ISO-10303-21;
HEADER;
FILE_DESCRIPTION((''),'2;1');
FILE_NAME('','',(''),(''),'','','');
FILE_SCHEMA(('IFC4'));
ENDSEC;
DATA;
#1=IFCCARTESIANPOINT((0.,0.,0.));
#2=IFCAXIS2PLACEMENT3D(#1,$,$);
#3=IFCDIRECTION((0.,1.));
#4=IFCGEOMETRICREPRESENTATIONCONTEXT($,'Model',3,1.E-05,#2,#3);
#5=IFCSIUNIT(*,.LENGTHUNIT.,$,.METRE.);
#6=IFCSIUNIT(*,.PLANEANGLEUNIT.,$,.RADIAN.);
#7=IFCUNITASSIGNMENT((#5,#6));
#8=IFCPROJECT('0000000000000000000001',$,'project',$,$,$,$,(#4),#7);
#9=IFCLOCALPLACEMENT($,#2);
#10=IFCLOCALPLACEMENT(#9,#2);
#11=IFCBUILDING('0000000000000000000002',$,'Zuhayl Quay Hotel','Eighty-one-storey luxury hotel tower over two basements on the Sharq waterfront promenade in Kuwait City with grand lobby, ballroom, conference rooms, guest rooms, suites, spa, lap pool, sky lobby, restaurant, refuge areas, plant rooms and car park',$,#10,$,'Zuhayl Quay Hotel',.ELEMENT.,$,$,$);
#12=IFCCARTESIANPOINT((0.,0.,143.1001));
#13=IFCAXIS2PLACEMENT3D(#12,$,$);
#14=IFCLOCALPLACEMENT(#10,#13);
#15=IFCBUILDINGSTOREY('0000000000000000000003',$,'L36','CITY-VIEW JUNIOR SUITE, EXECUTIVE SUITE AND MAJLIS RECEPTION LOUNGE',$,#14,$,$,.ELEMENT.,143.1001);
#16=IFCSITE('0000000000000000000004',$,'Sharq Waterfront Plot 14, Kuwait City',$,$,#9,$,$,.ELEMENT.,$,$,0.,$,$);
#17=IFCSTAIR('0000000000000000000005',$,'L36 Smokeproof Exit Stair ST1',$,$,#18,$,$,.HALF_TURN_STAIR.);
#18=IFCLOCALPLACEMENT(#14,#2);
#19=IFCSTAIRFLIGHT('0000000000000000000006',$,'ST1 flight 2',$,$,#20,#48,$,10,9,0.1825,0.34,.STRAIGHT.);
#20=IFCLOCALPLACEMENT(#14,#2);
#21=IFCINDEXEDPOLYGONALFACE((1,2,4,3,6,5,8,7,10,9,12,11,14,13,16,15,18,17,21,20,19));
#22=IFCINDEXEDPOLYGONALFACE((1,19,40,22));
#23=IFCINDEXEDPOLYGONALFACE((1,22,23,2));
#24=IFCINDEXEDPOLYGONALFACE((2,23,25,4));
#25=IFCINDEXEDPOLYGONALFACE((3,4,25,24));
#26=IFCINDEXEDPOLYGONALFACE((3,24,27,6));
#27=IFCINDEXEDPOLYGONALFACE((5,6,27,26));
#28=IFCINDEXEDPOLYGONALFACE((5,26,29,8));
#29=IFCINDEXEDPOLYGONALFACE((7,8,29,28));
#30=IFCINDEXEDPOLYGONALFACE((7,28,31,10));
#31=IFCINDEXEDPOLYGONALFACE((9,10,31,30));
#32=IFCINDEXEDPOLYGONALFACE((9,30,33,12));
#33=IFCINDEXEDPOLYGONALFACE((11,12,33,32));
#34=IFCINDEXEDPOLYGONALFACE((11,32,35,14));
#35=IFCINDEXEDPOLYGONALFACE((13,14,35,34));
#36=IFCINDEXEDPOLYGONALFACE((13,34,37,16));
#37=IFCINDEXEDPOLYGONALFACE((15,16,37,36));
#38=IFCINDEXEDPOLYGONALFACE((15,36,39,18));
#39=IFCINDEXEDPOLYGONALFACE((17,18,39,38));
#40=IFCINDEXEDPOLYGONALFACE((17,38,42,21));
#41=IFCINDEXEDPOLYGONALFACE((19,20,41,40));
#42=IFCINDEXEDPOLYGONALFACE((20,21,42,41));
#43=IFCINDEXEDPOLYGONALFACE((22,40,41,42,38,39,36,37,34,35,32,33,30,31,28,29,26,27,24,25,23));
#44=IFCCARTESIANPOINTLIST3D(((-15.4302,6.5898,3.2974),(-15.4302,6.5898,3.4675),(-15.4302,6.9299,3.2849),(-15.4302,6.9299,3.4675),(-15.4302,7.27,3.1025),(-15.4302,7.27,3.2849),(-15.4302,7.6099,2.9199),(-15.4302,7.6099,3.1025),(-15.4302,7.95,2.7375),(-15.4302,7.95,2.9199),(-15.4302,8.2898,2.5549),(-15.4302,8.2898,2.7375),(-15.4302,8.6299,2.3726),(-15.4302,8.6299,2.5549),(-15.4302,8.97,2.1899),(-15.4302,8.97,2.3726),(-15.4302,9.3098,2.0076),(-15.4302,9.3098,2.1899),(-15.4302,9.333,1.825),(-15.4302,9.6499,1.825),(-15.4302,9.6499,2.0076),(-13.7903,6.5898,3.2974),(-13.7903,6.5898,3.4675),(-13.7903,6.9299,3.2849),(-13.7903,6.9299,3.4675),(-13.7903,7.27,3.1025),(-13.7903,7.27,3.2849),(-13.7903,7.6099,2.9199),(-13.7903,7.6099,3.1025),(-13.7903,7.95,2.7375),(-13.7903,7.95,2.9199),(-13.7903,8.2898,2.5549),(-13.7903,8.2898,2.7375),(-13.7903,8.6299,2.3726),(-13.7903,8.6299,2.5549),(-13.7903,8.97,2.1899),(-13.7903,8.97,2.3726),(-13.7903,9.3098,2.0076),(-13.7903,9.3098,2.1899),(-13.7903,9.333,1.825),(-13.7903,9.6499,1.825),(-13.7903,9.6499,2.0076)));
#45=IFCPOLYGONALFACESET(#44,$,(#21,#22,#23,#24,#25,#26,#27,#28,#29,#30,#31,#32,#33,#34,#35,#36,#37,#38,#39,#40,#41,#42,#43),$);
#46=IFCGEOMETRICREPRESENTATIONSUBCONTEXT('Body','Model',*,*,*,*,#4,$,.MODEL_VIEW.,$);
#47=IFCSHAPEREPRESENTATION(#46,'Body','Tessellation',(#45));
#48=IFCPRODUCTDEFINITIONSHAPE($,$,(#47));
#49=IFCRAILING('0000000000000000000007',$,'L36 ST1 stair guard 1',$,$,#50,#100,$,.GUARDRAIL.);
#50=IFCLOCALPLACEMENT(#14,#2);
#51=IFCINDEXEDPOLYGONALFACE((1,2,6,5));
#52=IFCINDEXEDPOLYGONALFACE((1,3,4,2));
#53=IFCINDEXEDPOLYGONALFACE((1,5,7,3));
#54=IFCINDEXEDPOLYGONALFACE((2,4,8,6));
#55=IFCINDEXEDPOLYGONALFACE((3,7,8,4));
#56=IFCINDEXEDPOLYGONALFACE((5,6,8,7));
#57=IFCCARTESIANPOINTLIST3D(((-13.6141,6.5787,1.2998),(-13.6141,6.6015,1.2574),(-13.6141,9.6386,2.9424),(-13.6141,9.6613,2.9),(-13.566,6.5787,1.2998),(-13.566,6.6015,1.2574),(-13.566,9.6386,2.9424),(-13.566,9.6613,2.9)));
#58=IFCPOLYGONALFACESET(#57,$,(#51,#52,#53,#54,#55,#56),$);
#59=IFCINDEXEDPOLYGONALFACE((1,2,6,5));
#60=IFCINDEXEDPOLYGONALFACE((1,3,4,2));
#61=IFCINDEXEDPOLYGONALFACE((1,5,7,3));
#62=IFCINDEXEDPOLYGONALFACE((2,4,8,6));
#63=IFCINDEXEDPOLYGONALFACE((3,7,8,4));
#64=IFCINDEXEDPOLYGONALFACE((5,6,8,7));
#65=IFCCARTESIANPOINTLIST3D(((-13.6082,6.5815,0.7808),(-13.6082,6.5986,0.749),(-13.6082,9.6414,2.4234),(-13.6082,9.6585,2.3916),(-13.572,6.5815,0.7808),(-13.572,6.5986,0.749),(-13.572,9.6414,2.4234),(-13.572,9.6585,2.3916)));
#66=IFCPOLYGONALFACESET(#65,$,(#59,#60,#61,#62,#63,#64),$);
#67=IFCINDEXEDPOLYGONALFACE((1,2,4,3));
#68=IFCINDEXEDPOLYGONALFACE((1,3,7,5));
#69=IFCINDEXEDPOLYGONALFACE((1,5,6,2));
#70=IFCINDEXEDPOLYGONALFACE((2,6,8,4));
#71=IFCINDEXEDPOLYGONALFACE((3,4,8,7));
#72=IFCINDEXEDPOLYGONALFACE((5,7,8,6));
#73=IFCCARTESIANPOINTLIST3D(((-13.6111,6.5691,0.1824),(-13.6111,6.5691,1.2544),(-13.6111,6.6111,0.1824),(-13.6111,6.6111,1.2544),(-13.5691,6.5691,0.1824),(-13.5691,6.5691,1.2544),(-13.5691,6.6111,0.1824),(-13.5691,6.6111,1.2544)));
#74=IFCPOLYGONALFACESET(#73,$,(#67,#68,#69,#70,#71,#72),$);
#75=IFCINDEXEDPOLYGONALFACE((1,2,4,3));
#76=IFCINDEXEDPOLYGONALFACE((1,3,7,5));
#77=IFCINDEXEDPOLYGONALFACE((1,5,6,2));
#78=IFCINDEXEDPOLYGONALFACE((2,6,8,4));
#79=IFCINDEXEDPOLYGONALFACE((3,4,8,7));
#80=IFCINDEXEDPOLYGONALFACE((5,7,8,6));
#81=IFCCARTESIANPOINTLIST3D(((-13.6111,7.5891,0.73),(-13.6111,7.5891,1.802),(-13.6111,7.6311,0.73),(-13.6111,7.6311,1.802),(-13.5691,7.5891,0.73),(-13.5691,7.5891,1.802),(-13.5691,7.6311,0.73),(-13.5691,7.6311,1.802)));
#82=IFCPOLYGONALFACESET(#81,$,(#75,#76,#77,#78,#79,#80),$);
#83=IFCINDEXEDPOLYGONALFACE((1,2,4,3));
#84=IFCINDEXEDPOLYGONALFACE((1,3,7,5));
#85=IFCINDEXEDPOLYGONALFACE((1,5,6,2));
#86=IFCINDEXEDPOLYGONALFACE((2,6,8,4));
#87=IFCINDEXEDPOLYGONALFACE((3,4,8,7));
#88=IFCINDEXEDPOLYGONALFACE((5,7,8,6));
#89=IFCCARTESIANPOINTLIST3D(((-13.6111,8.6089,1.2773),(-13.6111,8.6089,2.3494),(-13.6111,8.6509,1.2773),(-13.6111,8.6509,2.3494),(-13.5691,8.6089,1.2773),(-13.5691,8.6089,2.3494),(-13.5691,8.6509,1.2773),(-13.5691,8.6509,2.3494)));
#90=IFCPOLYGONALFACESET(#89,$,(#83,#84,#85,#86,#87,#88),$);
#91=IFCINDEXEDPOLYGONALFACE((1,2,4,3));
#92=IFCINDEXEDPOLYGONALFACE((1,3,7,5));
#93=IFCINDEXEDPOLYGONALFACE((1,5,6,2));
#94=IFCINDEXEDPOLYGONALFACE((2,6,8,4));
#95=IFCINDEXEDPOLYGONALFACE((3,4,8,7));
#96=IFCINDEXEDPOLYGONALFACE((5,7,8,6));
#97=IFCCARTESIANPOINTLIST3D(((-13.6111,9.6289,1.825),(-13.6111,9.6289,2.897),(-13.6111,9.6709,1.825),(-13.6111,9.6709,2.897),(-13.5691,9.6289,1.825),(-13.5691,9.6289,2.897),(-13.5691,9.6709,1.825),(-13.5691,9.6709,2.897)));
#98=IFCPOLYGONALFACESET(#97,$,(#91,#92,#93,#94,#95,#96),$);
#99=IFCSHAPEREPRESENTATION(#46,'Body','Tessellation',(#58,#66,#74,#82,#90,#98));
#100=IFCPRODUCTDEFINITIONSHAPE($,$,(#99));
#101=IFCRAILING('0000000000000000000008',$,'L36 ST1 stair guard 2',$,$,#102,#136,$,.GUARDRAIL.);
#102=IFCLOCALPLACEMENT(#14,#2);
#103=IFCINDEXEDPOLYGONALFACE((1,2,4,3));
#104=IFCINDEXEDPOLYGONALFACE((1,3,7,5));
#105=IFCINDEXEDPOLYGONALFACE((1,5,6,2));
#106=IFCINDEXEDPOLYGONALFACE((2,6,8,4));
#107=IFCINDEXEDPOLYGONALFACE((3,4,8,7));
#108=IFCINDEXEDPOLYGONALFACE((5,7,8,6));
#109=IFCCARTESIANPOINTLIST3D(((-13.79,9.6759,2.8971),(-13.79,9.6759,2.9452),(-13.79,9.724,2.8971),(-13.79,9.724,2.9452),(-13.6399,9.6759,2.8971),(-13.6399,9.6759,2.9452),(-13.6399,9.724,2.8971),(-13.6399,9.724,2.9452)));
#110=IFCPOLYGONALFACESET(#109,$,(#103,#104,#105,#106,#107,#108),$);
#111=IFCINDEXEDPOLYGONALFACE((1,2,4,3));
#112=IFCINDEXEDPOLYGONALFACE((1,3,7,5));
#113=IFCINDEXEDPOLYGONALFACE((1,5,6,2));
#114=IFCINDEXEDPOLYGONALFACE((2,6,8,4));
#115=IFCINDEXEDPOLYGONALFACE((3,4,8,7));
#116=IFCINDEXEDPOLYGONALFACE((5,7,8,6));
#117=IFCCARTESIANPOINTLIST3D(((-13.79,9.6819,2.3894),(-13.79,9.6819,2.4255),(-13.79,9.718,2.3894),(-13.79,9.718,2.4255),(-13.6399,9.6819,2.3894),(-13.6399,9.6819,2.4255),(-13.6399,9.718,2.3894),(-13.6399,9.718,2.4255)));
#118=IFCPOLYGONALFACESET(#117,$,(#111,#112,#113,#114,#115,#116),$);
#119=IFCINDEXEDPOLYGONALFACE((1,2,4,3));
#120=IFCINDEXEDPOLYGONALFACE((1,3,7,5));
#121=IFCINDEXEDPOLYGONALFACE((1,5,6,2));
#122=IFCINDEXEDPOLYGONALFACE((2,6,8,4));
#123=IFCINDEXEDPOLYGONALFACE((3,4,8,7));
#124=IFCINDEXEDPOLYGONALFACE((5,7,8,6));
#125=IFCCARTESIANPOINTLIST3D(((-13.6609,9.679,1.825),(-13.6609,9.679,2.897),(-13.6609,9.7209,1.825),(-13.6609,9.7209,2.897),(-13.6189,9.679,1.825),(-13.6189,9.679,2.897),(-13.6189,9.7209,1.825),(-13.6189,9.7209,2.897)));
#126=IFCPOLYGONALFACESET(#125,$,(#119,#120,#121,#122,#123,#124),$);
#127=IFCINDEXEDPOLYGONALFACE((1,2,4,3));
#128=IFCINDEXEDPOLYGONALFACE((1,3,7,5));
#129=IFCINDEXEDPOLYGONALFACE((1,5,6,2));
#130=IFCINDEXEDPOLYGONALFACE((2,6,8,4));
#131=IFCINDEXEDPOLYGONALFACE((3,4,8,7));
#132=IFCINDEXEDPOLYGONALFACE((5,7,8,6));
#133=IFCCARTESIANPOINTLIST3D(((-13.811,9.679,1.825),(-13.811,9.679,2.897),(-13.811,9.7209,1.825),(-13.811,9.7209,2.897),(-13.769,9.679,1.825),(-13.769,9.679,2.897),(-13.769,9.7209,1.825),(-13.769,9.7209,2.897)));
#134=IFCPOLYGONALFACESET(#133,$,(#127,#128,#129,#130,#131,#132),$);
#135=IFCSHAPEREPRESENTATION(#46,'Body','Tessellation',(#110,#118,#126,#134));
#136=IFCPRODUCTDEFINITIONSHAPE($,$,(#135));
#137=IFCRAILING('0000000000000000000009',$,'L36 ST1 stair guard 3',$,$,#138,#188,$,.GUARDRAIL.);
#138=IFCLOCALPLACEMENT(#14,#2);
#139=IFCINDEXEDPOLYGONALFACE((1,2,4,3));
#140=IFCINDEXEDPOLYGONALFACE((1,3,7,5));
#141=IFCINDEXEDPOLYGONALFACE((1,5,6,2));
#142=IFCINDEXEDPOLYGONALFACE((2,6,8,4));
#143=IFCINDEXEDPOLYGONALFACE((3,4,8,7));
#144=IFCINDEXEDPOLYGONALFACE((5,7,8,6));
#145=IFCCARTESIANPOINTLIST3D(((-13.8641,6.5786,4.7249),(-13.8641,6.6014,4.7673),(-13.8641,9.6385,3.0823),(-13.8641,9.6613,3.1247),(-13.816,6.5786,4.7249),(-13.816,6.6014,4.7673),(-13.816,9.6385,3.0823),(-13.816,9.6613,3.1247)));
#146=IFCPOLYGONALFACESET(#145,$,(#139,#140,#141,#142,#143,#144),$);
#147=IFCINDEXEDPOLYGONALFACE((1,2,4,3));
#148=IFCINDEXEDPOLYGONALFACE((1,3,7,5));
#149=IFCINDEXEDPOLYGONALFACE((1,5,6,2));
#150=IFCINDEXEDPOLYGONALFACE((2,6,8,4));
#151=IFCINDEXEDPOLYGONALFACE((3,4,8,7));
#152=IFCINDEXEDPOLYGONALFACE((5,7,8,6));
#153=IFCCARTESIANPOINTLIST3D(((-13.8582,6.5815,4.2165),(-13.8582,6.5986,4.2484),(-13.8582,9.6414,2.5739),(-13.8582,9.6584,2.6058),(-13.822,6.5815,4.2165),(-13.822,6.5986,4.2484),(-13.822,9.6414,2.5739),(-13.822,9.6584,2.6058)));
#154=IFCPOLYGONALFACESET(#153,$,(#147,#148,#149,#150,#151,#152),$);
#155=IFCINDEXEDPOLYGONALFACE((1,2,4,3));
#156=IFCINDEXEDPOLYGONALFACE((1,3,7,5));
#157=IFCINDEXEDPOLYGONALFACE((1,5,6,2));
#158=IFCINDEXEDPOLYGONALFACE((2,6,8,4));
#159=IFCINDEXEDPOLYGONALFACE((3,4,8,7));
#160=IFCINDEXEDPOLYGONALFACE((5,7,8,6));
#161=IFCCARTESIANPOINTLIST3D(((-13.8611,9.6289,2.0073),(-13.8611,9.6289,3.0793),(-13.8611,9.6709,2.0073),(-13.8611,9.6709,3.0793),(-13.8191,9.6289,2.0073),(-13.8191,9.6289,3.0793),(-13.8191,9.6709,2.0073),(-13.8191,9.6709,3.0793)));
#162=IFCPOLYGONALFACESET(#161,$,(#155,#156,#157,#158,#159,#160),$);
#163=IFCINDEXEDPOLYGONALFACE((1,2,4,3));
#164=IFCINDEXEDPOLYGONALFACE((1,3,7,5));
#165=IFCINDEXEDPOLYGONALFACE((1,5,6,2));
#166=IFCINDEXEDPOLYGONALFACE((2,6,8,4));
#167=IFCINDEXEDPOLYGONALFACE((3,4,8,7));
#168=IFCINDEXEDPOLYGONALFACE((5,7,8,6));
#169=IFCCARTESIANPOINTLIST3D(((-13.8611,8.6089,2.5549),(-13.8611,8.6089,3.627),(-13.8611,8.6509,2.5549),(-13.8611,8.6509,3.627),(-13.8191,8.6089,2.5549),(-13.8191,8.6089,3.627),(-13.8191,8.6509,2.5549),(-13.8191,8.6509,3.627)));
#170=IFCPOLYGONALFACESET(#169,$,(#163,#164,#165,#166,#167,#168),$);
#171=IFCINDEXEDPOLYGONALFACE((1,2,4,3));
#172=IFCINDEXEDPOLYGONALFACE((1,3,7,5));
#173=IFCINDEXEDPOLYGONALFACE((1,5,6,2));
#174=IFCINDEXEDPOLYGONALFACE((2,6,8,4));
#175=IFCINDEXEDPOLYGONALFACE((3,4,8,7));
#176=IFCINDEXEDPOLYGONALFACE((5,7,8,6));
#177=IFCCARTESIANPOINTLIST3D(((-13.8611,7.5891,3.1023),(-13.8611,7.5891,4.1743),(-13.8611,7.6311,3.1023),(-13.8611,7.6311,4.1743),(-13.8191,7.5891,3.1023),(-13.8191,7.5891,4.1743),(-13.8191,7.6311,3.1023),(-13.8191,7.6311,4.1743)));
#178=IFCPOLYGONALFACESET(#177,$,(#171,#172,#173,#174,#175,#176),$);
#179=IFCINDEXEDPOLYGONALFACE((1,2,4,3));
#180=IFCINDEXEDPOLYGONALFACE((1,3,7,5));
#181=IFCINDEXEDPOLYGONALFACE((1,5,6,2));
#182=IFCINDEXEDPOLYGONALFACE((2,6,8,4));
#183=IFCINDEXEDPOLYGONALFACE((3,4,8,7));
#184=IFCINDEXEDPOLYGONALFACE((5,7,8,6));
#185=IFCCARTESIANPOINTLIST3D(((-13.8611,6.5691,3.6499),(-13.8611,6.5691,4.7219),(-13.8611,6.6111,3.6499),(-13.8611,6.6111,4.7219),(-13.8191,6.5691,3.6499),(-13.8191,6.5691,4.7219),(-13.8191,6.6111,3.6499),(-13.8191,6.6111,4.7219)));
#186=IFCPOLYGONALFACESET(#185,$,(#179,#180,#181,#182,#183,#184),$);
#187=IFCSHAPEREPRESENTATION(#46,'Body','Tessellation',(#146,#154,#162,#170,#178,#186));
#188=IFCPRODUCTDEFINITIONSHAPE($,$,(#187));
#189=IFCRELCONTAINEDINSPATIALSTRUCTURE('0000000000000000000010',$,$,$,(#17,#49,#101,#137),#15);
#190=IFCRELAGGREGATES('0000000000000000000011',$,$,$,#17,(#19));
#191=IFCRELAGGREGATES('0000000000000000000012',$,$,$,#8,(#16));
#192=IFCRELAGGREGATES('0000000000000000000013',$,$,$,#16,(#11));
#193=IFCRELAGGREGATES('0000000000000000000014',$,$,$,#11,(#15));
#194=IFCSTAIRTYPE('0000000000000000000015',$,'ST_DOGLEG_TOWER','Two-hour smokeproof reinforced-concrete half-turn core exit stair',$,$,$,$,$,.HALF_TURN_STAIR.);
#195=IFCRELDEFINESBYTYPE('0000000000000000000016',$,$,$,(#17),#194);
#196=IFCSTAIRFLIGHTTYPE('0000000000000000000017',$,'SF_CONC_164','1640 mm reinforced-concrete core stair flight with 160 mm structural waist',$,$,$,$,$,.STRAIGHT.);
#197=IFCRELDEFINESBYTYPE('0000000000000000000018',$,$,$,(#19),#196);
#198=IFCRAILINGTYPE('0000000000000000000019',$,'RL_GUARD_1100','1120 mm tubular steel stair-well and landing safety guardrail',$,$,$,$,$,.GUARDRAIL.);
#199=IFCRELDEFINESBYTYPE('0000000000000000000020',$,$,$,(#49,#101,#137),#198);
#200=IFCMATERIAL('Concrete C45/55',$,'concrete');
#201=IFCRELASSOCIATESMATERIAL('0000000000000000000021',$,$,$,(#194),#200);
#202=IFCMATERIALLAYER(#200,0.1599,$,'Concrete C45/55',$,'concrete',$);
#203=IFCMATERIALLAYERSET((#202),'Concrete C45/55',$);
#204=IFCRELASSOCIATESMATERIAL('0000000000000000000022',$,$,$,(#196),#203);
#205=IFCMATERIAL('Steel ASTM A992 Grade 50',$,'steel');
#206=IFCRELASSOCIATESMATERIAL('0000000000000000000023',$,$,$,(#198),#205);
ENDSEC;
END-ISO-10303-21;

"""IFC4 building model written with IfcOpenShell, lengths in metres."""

from ifc_helpers import new_model, si_unit, direction, frame, origin, origin_2d, place, context, subcontext, project, spatial, polyline, rectangle, outline, extrude, material, layer, layer_set, type_object, element, aggregate, save


model = new_model("IFC4")

# Units and contexts
model_context = context("Model", 3, precision=1e-05, world=origin(), true_north=direction((0.0, 1.0)))
body_context = subcontext(model_context, "Body", "Model", "MODEL_VIEW")
ifc_project = project(units=[si_unit("LENGTHUNIT", "METRE"), si_unit("PLANEANGLEUNIT", "RADIAN")], contexts=[model_context])

# Site, building, storey
site_placement = place(None, origin())
site = spatial("IfcSite", under=ifc_project, at=site_placement, Name="Sharq Waterfront Plot 14, Kuwait City", CompositionType="ELEMENT", RefElevation=0.0)
building_placement = place(site_placement, origin())
building = spatial("IfcBuilding", under=site, at=building_placement, Name="Zuhayl Quay Hotel", Description="Eighty-one-storey luxury hotel tower over two basements on the Sharq waterfront promenade in Kuwait City with grand lobby, ballroom, conference rooms, guest rooms, suites, spa, lap pool, sky lobby, restaurant, refuge areas, plant rooms and car park", LongName="Zuhayl Quay Hotel", CompositionType="ELEMENT")
storey_placement = place(building_placement, frame((0.0, 0.0, 143.1001)))
storey = spatial("IfcBuildingStorey", under=building, at=storey_placement, Name="L36", Description="CITY-VIEW JUNIOR SUITE, EXECUTIVE SUITE AND MAJLIS RECEPTION LOUNGE", CompositionType="ELEMENT", Elevation=143.1001)

# Shared definitions
ifc_material_1 = material(Name="Steel ASTM A992 Grade 50", Category="steel")

# Stair, stair flight
ifc_material_2 = material(Name="Concrete C45/55", Category="concrete")
stair_type = type_object("IfcStairType", Name="ST_DOGLEG_TOWER", Description="Two-hour smokeproof reinforced-concrete half-turn core exit stair", PredefinedType="HALF_TURN_STAIR", material=ifc_material_2)
stair_placement = place(storey_placement, origin())
stair = element("IfcStair", 1, at=stair_placement, inside=storey, type_object=stair_type, Name="L36 Smokeproof Exit Stair ST1", PredefinedType="HALF_TURN_STAIR")
ifc_layer_1 = layer(ifc_material_2, 0.1599, Name="Concrete C45/55", Category="concrete")
ifc_layer_set_1 = layer_set([ifc_layer_1], Name="Concrete C45/55")
stair_flight_type = type_object("IfcStairFlightType", Name="SF_CONC_164", Description="1640 mm reinforced-concrete core stair flight with 160 mm structural waist", PredefinedType="STRAIGHT", material=ifc_layer_set_1)
stair_flight_1_placement = place(storey_placement, frame((-14.6101, 9.6499, 1.825), z_axis=(0.0, 0.0, 1.0), x_axis=(0.0, -1.0, 0.0)))
stair_flight_1 = element("IfcStairFlight", 2, at=stair_flight_1_placement, type_object=stair_flight_type, Name="ST1 flight 2", NumberOfRisers=10, NumberOfTreads=9, PredefinedType="STRAIGHT", RiserHeight=0.1825, TreadLength=0.34, context=body_context, shape_type="SweptSolid", body=[
    extrude(outline(polyline([(0.0, 0.0), (0.0, 0.1826), (0.3401, 0.1826), (0.3401, 0.365), (0.6799, 0.365), (0.6799, 0.5476), (1.02, 0.5476), (1.02, 0.73), (1.3601, 0.73), (1.3601, 0.9126), (1.7, 0.9126), (1.7, 1.095), (2.04, 1.095), (2.04, 1.2776), (2.3799, 1.2776), (2.3799, 1.46), (2.72, 1.46), (2.72, 1.6426), (3.0601, 1.6426), (3.0601, 1.825), (3.0601, 1.4724), (0.3169, 0.0), (0.0, 0.0)])), frame((0.0, 0.8198, 0.0), z_axis=(0.0, -1.0, 0.0), x_axis=(1.0, 0.0, 0.0)), (0.0, 0.0, 1.0), 1.6399),
])
aggregate(stair, [stair_flight_1])

# Railings
railing_type_1 = type_object("IfcRailingType", Name="RL_GUARD_1100", Description="1120 mm tubular steel stair-well and landing safety guardrail", PredefinedType="GUARDRAIL", material=ifc_material_1)
railing_1_placement = place(storey_placement, frame((-13.5901, 6.5901, 0.1824)))
element("IfcRailing", 3, at=railing_1_placement, inside=storey, type_object=railing_type_1, Name="L36 ST1 stair guard 1", PredefinedType="GUARDRAIL", context=body_context, shape_type="SweptSolid", body=[
    extrude(rectangle(XDim=0.0481, YDim=0.0481, at=origin_2d()), frame((0.0, 0.0, 1.0962), z_axis=(0.0, 0.881073, 0.47298), x_axis=(-1.0, 0.0, 0.0)), (0.0, 0.0, 1.0), 3.4729),
    extrude(rectangle(XDim=0.0361, YDim=0.0361, at=origin_2d()), frame((0.0, 0.0, 0.5825), z_axis=(0.0, 0.881073, 0.47298), x_axis=(-1.0, 0.0, 0.0)), (0.0, 0.0, 1.0), 3.4729),
    extrude(rectangle(XDim=0.042, YDim=0.042, at=origin_2d()), origin(), (0.0, 0.0, 1.0), 1.072),
    extrude(rectangle(XDim=0.042, YDim=0.042, at=origin_2d()), frame((0.0, 1.02, 0.5476)), (0.0, 0.0, 1.0), 1.072),
    extrude(rectangle(XDim=0.042, YDim=0.042, at=origin_2d()), frame((0.0, 2.0398, 1.095)), (0.0, 0.0, 1.0), 1.072),
    extrude(rectangle(XDim=0.042, YDim=0.042, at=origin_2d()), frame((0.0, 3.0598, 1.6426)), (0.0, 0.0, 1.0), 1.072),
])
railing_2_placement = place(storey_placement, frame((-13.6399, 9.7, 1.825)))
element("IfcRailing", 4, at=railing_2_placement, inside=storey, type_object=railing_type_1, Name="L36 ST1 stair guard 2", PredefinedType="GUARDRAIL", context=body_context, shape_type="SweptSolid", body=[
    extrude(rectangle(XDim=0.0481, YDim=0.0481, at=origin_2d()), frame((0.0, 0.0, 1.0962), z_axis=(-1.0, 0.0, 0.0), x_axis=(0.0, -1.0, 0.0)), (0.0, 0.0, 1.0), 0.1501),
    extrude(rectangle(XDim=0.0361, YDim=0.0361, at=origin_2d()), frame((0.0, 0.0, 0.5825), z_axis=(-1.0, 0.0, 0.0), x_axis=(0.0, -1.0, 0.0)), (0.0, 0.0, 1.0), 0.1501),
    extrude(rectangle(XDim=0.042, YDim=0.042, at=origin_2d()), origin(), (0.0, 0.0, 1.0), 1.072),
    extrude(rectangle(XDim=0.042, YDim=0.042, at=origin_2d()), frame((-0.1501, 0.0, 0.0)), (0.0, 0.0, 1.0), 1.072),
])
railing_3_placement = place(storey_placement, frame((-13.8401, 9.6499, 2.0073)))
element("IfcRailing", 5, at=railing_3_placement, inside=storey, type_object=railing_type_1, Name="L36 ST1 stair guard 3", PredefinedType="GUARDRAIL", context=body_context, shape_type="SweptSolid", body=[
    extrude(rectangle(XDim=0.0481, YDim=0.0481, at=origin_2d()), frame((0.0, 0.0, 1.0962), z_axis=(0.0, -0.881073, 0.47298), x_axis=(1.0, 0.0, 0.0)), (0.0, 0.0, 1.0), 3.4729),
    extrude(rectangle(XDim=0.0361, YDim=0.0361, at=origin_2d()), frame((0.0, 0.0, 0.5825), z_axis=(0.0, -0.881073, 0.47298), x_axis=(1.0, 0.0, 0.0)), (0.0, 0.0, 1.0), 3.4729),
    extrude(rectangle(XDim=0.042, YDim=0.042, at=origin_2d()), origin(), (0.0, 0.0, 1.0), 1.072),
    extrude(rectangle(XDim=0.042, YDim=0.042, at=origin_2d()), frame((0.0, -1.02, 0.5476)), (0.0, 0.0, 1.0), 1.072),
    extrude(rectangle(XDim=0.042, YDim=0.042, at=origin_2d()), frame((0.0, -2.0398, 1.095)), (0.0, 0.0, 1.0), 1.072),
    extrude(rectangle(XDim=0.042, YDim=0.042, at=origin_2d()), frame((0.0, -3.0598, 1.6426)), (0.0, 0.0, 1.0), 1.072),
])

save(model, "model.ifc")
